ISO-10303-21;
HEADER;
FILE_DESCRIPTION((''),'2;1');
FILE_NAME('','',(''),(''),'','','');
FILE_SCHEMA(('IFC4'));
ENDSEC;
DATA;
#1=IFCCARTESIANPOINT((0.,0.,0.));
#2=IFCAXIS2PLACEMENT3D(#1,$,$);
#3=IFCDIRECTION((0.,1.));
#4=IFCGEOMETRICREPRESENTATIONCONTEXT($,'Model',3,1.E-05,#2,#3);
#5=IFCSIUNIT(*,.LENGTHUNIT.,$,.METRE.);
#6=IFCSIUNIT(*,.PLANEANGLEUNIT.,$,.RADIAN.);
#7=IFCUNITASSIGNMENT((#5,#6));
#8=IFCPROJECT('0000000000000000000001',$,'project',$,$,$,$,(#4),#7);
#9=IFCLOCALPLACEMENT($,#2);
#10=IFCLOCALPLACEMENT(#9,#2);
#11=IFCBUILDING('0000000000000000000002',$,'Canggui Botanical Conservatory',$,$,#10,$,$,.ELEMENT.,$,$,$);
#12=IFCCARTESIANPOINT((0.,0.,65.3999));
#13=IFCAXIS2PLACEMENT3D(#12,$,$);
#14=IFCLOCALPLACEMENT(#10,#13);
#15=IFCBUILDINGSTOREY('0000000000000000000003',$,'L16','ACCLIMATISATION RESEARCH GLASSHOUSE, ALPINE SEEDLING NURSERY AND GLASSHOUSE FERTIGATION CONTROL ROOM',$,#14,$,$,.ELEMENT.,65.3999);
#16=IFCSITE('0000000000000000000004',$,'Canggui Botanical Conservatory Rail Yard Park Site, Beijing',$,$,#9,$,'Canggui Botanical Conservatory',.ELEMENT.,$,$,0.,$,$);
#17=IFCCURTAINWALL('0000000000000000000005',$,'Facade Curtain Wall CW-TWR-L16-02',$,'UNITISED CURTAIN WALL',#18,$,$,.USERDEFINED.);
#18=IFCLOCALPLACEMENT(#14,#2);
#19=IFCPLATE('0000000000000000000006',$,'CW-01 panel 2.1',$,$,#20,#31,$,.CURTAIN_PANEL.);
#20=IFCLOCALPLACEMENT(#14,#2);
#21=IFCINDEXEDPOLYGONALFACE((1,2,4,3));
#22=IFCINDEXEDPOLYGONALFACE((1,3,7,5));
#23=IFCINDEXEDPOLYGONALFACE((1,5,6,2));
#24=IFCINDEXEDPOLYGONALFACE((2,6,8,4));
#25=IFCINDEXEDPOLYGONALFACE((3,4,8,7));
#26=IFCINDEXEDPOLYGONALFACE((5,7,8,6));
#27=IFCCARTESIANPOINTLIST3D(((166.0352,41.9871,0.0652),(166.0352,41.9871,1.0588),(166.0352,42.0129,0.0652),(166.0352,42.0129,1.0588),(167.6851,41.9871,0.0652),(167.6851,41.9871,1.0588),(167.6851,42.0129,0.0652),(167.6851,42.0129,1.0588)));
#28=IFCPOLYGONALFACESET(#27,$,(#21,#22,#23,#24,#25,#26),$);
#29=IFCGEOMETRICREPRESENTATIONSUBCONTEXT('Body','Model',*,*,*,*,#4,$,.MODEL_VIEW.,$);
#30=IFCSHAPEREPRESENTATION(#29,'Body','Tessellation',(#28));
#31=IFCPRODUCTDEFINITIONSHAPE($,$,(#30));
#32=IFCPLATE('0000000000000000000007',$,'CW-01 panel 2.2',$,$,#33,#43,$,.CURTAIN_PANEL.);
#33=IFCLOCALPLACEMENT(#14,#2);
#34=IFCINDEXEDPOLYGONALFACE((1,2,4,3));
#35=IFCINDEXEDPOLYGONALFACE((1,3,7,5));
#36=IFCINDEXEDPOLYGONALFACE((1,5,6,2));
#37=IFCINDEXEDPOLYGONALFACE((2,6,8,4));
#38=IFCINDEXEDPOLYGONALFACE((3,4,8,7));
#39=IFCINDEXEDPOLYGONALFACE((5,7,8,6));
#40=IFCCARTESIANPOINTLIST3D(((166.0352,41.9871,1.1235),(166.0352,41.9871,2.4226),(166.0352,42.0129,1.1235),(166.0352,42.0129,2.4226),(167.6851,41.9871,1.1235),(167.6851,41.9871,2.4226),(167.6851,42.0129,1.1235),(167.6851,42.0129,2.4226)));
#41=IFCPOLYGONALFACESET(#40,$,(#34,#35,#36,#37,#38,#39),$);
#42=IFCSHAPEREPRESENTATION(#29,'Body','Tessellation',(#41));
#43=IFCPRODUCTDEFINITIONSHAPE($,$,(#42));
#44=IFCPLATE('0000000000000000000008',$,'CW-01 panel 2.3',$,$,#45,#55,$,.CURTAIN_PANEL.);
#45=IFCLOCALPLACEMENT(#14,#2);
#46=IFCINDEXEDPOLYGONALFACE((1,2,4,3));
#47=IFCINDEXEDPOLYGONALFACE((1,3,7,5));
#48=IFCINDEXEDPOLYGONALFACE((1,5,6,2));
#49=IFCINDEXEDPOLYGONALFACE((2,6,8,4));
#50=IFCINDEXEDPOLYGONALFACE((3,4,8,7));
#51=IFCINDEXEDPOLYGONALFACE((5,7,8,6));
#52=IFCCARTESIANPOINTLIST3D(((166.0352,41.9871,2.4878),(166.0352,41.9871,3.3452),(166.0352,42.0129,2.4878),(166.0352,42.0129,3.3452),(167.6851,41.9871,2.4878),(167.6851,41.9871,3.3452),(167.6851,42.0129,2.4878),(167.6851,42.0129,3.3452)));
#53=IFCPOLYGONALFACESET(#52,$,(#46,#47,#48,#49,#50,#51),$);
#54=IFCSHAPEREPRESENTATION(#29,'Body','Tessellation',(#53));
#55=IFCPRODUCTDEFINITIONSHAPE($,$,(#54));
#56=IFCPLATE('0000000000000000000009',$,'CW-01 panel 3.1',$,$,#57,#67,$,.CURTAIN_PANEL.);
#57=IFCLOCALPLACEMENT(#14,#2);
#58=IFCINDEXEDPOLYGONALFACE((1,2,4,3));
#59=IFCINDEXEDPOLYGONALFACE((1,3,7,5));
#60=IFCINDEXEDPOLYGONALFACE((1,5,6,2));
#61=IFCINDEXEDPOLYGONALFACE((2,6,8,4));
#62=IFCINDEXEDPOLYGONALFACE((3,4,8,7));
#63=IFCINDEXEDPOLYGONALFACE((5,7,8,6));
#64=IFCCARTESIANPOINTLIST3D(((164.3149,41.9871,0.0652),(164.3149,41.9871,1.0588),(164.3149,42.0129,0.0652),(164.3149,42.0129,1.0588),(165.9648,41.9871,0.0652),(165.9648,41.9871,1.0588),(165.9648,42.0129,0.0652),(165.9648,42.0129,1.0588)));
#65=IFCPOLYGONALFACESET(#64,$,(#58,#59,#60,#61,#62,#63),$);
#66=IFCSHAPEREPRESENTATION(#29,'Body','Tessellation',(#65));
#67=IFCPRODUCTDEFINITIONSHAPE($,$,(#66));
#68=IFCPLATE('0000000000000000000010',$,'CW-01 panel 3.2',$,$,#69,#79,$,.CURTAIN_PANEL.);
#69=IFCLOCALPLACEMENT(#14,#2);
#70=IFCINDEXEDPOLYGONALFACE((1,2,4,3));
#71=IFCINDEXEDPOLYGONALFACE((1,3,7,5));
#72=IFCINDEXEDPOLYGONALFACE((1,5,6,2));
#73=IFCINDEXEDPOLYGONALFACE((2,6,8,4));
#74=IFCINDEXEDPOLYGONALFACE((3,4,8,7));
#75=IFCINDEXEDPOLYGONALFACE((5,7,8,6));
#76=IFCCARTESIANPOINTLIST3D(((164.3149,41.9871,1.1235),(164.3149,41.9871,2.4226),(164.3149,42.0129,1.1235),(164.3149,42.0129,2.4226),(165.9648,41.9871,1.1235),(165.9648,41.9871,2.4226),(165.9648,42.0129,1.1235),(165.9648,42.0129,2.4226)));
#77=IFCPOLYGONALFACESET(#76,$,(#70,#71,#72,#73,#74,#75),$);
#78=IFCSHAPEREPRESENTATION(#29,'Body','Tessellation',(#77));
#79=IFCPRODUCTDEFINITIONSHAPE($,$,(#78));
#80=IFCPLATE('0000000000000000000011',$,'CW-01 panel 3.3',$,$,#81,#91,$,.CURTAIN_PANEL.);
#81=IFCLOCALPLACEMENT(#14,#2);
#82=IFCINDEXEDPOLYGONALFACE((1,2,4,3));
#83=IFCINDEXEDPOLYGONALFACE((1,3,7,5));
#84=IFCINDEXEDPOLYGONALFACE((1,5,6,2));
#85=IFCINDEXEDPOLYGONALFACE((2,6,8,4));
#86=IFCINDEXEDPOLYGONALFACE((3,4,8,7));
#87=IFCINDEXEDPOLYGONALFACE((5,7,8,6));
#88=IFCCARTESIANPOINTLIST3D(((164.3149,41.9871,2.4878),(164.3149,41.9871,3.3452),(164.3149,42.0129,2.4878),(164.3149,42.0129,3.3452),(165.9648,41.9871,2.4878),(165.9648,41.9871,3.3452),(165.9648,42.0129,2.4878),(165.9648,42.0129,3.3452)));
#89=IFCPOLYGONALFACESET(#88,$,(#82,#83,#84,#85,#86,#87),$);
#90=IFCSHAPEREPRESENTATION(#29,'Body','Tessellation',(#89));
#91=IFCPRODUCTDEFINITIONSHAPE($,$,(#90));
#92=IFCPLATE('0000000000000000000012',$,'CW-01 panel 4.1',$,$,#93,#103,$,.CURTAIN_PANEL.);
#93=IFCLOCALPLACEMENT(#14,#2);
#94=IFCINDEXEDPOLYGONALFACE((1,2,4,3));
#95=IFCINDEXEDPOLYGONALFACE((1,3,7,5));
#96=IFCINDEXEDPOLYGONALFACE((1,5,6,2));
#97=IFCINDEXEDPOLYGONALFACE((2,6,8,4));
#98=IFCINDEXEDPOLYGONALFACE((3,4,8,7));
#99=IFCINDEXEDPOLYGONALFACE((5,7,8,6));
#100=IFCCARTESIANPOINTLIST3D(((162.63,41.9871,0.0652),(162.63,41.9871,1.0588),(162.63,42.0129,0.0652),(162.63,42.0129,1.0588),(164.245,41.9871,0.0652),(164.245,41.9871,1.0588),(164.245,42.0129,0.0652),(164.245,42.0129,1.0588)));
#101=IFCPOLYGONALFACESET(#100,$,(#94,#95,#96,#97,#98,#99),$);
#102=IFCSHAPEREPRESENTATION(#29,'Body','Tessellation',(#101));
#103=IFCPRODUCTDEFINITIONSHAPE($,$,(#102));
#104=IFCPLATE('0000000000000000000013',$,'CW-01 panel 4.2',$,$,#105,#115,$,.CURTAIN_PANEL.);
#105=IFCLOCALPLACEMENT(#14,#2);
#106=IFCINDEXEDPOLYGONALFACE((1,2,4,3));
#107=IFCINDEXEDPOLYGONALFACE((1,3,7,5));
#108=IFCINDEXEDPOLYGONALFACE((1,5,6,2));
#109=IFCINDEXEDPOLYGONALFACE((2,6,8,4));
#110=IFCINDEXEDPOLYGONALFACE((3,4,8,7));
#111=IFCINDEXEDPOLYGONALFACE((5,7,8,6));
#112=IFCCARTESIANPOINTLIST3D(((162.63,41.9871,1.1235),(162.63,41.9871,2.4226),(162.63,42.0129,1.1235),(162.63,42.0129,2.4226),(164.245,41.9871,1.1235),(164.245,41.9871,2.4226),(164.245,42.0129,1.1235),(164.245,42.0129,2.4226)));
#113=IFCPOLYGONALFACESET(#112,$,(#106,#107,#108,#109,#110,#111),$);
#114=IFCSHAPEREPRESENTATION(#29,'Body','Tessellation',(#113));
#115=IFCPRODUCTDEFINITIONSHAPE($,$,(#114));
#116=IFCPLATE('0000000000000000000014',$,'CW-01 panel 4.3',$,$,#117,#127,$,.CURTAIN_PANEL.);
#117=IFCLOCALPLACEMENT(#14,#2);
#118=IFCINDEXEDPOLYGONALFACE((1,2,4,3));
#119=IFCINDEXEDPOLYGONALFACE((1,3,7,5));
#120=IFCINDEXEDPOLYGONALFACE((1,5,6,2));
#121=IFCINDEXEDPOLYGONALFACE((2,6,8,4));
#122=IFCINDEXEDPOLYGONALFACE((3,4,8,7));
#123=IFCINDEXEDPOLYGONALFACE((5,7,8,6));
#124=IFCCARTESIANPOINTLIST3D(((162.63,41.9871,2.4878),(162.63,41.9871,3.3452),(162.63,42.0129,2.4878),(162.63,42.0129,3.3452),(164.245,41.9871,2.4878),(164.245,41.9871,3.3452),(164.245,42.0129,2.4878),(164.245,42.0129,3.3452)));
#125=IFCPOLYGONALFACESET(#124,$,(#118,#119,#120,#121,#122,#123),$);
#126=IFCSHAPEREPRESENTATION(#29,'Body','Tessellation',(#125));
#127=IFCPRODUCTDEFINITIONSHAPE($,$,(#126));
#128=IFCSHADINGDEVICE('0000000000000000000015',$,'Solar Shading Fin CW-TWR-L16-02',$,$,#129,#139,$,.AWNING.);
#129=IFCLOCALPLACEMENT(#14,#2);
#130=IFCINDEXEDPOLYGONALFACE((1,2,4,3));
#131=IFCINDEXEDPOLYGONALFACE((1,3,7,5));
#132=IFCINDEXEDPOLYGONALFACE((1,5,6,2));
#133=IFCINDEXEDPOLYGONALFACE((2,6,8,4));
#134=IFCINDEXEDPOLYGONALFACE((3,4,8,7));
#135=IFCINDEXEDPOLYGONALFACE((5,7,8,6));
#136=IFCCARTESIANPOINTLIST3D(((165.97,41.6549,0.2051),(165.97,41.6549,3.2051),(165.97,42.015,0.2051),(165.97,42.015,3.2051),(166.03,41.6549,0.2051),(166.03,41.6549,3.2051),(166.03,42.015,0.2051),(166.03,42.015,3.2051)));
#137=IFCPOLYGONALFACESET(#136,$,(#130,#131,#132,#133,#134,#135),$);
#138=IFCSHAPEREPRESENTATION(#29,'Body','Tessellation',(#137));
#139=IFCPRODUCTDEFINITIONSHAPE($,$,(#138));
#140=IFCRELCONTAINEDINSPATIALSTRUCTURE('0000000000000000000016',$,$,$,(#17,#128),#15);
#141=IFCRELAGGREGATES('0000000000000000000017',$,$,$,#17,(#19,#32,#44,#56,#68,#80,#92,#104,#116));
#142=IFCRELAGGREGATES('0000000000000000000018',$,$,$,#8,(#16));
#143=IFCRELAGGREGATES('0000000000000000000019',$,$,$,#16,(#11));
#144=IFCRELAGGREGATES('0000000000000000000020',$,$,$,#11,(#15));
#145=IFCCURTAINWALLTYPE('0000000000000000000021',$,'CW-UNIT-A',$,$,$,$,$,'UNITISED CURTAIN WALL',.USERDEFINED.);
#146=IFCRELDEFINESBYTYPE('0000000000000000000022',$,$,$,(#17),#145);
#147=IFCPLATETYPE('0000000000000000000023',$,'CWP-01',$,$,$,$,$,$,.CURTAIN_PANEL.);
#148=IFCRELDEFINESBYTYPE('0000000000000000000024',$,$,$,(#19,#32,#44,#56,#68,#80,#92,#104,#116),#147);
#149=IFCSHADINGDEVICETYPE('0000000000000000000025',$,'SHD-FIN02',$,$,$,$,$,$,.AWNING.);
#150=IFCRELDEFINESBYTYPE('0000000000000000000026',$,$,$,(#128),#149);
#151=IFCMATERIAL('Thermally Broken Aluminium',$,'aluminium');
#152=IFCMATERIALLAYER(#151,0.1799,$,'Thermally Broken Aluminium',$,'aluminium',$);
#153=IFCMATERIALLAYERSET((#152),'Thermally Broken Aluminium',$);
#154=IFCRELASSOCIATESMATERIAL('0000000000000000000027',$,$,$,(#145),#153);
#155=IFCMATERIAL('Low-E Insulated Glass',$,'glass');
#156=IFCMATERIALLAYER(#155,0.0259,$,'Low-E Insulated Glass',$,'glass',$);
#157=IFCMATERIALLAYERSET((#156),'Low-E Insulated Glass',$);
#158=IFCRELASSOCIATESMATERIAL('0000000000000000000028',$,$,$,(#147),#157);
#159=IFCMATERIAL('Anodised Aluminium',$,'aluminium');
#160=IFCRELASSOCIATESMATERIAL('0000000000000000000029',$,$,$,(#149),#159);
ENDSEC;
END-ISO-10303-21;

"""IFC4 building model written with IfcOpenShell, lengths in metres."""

from ifc_helpers import new_model, si_unit, direction, frame, origin, origin_2d, place, context, subcontext, project, spatial, rectangle, extrude, material, layer, layer_set, type_object, element, aggregate, save


model = new_model("IFC4")

# Units and contexts
model_context = context("Model", 3, precision=1e-05, world=origin(), true_north=direction((0.0, 1.0)))
body_context = subcontext(model_context, "Body", "Model", "MODEL_VIEW")
ifc_project = project(units=[si_unit("LENGTHUNIT", "METRE"), si_unit("PLANEANGLEUNIT", "RADIAN")], contexts=[model_context])

# Site, building, storey
site_placement = place(None, origin())
site = spatial("IfcSite", under=ifc_project, at=site_placement, Name="Canggui Botanical Conservatory Rail Yard Park Site, Beijing", LongName="Canggui Botanical Conservatory", CompositionType="ELEMENT", RefElevation=0.0)
building_placement = place(site_placement, origin())
building = spatial("IfcBuilding", under=site, at=building_placement, Name="Canggui Botanical Conservatory", CompositionType="ELEMENT")
storey_placement = place(building_placement, frame((0.0, 0.0, 65.3999)))
storey = spatial("IfcBuildingStorey", under=building, at=storey_placement, Name="L16", Description="ACCLIMATISATION RESEARCH GLASSHOUSE, ALPINE SEEDLING NURSERY AND GLASSHOUSE FERTIGATION CONTROL ROOM", CompositionType="ELEMENT", Elevation=65.3999)

# Curtain wall, plates
ifc_material_1 = material(Name="Thermally Broken Aluminium", Category="aluminium")
ifc_layer_1 = layer(ifc_material_1, 0.1799, Name="Thermally Broken Aluminium", Category="aluminium")
ifc_layer_set_1 = layer_set([ifc_layer_1], Name="Thermally Broken Aluminium")
curtain_wall_type = type_object("IfcCurtainWallType", Name="CW-UNIT-A", ElementType="UNITISED CURTAIN WALL", PredefinedType="USERDEFINED", material=ifc_layer_set_1)
curtain_wall_placement = place(storey_placement, origin())
curtain_wall = element("IfcCurtainWall", 1, at=curtain_wall_placement, inside=storey, type_object=curtain_wall_type, Name="Facade Curtain Wall CW-TWR-L16-02", ObjectType="UNITISED CURTAIN WALL", PredefinedType="USERDEFINED")
ifc_material_2 = material(Name="Low-E Insulated Glass", Category="glass")
ifc_layer_2 = layer(ifc_material_2, 0.0259, Name="Low-E Insulated Glass", Category="glass")
ifc_layer_set_2 = layer_set([ifc_layer_2], Name="Low-E Insulated Glass")
plate_type = type_object("IfcPlateType", Name="CWP-01", PredefinedType="CURTAIN_PANEL", material=ifc_layer_set_2)
plate_1_placement = place(storey_placement, frame((166.8601, 42.0, 0.0652), z_axis=(0.0, 0.0, 1.0), x_axis=(-1.0, 0.0, 0.0)))
plate_1 = element("IfcPlate", 2, at=plate_1_placement, type_object=plate_type, Name="CW-01 panel 2.1", PredefinedType="CURTAIN_PANEL", context=body_context, shape_type="SweptSolid", body=[
    extrude(rectangle(XDim=1.6499, YDim=0.0259, at=origin_2d()), origin(), (0.0, 0.0, 1.0), 0.9937),
])
plate_2_placement = place(storey_placement, frame((166.8601, 42.0, 1.1235), z_axis=(0.0, 0.0, 1.0), x_axis=(-1.0, 0.0, 0.0)))
plate_2 = element("IfcPlate", 3, at=plate_2_placement, type_object=plate_type, Name="CW-01 panel 2.2", PredefinedType="CURTAIN_PANEL", context=body_context, shape_type="SweptSolid", body=[
    extrude(rectangle(XDim=1.6499, YDim=0.0259, at=origin_2d()), origin(), (0.0, 0.0, 1.0), 1.2991),
])
plate_3_placement = place(storey_placement, frame((166.8601, 42.0, 2.4878), z_axis=(0.0, 0.0, 1.0), x_axis=(-1.0, 0.0, 0.0)))
plate_3 = element("IfcPlate", 4, at=plate_3_placement, type_object=plate_type, Name="CW-01 panel 2.3", PredefinedType="CURTAIN_PANEL", context=body_context, shape_type="SweptSolid", body=[
    extrude(rectangle(XDim=1.6499, YDim=0.0259, at=origin_2d()), origin(), (0.0, 0.0, 1.0), 0.8574),
])
plate_4_placement = place(storey_placement, frame((165.1399, 42.0, 0.0652), z_axis=(0.0, 0.0, 1.0), x_axis=(-1.0, 0.0, 0.0)))
plate_4 = element("IfcPlate", 5, at=plate_4_placement, type_object=plate_type, Name="CW-01 panel 3.1", PredefinedType="CURTAIN_PANEL", context=body_context, shape_type="SweptSolid", body=[
    extrude(rectangle(XDim=1.6499, YDim=0.0259, at=origin_2d()), origin(), (0.0, 0.0, 1.0), 0.9937),
])
plate_5_placement = place(storey_placement, frame((165.1399, 42.0, 1.1235), z_axis=(0.0, 0.0, 1.0), x_axis=(-1.0, 0.0, 0.0)))
plate_5 = element("IfcPlate", 6, at=plate_5_placement, type_object=plate_type, Name="CW-01 panel 3.2", PredefinedType="CURTAIN_PANEL", context=body_context, shape_type="SweptSolid", body=[
    extrude(rectangle(XDim=1.6499, YDim=0.0259, at=origin_2d()), origin(), (0.0, 0.0, 1.0), 1.2991),
])
plate_6_placement = place(storey_placement, frame((165.1399, 42.0, 2.4878), z_axis=(0.0, 0.0, 1.0), x_axis=(-1.0, 0.0, 0.0)))
plate_6 = element("IfcPlate", 7, at=plate_6_placement, type_object=plate_type, Name="CW-01 panel 3.3", PredefinedType="CURTAIN_PANEL", context=body_context, shape_type="SweptSolid", body=[
    extrude(rectangle(XDim=1.6499, YDim=0.0259, at=origin_2d()), origin(), (0.0, 0.0, 1.0), 0.8574),
])
plate_7_placement = place(storey_placement, frame((163.4375, 42.0, 0.0652), z_axis=(0.0, 0.0, 1.0), x_axis=(-1.0, 0.0, 0.0)))
plate_7 = element("IfcPlate", 8, at=plate_7_placement, type_object=plate_type, Name="CW-01 panel 4.1", PredefinedType="CURTAIN_PANEL", context=body_context, shape_type="SweptSolid", body=[
    extrude(rectangle(XDim=1.615, YDim=0.0259, at=origin_2d()), origin(), (0.0, 0.0, 1.0), 0.9937),
])
plate_8_placement = place(storey_placement, frame((163.4375, 42.0, 1.1235), z_axis=(0.0, 0.0, 1.0), x_axis=(-1.0, 0.0, 0.0)))
plate_8 = element("IfcPlate", 9, at=plate_8_placement, type_object=plate_type, Name="CW-01 panel 4.2", PredefinedType="CURTAIN_PANEL", context=body_context, shape_type="SweptSolid", body=[
    extrude(rectangle(XDim=1.615, YDim=0.0259, at=origin_2d()), origin(), (0.0, 0.0, 1.0), 1.2991),
])
plate_9_placement = place(storey_placement, frame((163.4375, 42.0, 2.4878), z_axis=(0.0, 0.0, 1.0), x_axis=(-1.0, 0.0, 0.0)))
plate_9 = element("IfcPlate", 10, at=plate_9_placement, type_object=plate_type, Name="CW-01 panel 4.3", PredefinedType="CURTAIN_PANEL", context=body_context, shape_type="SweptSolid", body=[
    extrude(rectangle(XDim=1.615, YDim=0.0259, at=origin_2d()), origin(), (0.0, 0.0, 1.0), 0.8574),
])
aggregate(curtain_wall, [plate_1, plate_2, plate_3, plate_4, plate_5, plate_6, plate_7, plate_8, plate_9])

# Shading device
ifc_material_3 = material(Name="Anodised Aluminium", Category="aluminium")
shading_device_type = type_object("IfcShadingDeviceType", Name="SHD-FIN02", PredefinedType="AWNING", material=ifc_material_3)
shading_device_placement = place(storey_placement, frame((166.0, 41.835, 0.2051), z_axis=(0.0, 0.0, 1.0), x_axis=(-1.0, 0.0, 0.0)))
element("IfcShadingDevice", 11, at=shading_device_placement, inside=storey, type_object=shading_device_type, Name="Solar Shading Fin CW-TWR-L16-02", PredefinedType="AWNING", context=body_context, shape_type="SweptSolid", body=[
    extrude(rectangle(XDim=0.0601, YDim=0.3601, at=origin_2d()), origin(), (0.0, 0.0, 1.0), 3.0),
])

save(model, "model.ifc")
